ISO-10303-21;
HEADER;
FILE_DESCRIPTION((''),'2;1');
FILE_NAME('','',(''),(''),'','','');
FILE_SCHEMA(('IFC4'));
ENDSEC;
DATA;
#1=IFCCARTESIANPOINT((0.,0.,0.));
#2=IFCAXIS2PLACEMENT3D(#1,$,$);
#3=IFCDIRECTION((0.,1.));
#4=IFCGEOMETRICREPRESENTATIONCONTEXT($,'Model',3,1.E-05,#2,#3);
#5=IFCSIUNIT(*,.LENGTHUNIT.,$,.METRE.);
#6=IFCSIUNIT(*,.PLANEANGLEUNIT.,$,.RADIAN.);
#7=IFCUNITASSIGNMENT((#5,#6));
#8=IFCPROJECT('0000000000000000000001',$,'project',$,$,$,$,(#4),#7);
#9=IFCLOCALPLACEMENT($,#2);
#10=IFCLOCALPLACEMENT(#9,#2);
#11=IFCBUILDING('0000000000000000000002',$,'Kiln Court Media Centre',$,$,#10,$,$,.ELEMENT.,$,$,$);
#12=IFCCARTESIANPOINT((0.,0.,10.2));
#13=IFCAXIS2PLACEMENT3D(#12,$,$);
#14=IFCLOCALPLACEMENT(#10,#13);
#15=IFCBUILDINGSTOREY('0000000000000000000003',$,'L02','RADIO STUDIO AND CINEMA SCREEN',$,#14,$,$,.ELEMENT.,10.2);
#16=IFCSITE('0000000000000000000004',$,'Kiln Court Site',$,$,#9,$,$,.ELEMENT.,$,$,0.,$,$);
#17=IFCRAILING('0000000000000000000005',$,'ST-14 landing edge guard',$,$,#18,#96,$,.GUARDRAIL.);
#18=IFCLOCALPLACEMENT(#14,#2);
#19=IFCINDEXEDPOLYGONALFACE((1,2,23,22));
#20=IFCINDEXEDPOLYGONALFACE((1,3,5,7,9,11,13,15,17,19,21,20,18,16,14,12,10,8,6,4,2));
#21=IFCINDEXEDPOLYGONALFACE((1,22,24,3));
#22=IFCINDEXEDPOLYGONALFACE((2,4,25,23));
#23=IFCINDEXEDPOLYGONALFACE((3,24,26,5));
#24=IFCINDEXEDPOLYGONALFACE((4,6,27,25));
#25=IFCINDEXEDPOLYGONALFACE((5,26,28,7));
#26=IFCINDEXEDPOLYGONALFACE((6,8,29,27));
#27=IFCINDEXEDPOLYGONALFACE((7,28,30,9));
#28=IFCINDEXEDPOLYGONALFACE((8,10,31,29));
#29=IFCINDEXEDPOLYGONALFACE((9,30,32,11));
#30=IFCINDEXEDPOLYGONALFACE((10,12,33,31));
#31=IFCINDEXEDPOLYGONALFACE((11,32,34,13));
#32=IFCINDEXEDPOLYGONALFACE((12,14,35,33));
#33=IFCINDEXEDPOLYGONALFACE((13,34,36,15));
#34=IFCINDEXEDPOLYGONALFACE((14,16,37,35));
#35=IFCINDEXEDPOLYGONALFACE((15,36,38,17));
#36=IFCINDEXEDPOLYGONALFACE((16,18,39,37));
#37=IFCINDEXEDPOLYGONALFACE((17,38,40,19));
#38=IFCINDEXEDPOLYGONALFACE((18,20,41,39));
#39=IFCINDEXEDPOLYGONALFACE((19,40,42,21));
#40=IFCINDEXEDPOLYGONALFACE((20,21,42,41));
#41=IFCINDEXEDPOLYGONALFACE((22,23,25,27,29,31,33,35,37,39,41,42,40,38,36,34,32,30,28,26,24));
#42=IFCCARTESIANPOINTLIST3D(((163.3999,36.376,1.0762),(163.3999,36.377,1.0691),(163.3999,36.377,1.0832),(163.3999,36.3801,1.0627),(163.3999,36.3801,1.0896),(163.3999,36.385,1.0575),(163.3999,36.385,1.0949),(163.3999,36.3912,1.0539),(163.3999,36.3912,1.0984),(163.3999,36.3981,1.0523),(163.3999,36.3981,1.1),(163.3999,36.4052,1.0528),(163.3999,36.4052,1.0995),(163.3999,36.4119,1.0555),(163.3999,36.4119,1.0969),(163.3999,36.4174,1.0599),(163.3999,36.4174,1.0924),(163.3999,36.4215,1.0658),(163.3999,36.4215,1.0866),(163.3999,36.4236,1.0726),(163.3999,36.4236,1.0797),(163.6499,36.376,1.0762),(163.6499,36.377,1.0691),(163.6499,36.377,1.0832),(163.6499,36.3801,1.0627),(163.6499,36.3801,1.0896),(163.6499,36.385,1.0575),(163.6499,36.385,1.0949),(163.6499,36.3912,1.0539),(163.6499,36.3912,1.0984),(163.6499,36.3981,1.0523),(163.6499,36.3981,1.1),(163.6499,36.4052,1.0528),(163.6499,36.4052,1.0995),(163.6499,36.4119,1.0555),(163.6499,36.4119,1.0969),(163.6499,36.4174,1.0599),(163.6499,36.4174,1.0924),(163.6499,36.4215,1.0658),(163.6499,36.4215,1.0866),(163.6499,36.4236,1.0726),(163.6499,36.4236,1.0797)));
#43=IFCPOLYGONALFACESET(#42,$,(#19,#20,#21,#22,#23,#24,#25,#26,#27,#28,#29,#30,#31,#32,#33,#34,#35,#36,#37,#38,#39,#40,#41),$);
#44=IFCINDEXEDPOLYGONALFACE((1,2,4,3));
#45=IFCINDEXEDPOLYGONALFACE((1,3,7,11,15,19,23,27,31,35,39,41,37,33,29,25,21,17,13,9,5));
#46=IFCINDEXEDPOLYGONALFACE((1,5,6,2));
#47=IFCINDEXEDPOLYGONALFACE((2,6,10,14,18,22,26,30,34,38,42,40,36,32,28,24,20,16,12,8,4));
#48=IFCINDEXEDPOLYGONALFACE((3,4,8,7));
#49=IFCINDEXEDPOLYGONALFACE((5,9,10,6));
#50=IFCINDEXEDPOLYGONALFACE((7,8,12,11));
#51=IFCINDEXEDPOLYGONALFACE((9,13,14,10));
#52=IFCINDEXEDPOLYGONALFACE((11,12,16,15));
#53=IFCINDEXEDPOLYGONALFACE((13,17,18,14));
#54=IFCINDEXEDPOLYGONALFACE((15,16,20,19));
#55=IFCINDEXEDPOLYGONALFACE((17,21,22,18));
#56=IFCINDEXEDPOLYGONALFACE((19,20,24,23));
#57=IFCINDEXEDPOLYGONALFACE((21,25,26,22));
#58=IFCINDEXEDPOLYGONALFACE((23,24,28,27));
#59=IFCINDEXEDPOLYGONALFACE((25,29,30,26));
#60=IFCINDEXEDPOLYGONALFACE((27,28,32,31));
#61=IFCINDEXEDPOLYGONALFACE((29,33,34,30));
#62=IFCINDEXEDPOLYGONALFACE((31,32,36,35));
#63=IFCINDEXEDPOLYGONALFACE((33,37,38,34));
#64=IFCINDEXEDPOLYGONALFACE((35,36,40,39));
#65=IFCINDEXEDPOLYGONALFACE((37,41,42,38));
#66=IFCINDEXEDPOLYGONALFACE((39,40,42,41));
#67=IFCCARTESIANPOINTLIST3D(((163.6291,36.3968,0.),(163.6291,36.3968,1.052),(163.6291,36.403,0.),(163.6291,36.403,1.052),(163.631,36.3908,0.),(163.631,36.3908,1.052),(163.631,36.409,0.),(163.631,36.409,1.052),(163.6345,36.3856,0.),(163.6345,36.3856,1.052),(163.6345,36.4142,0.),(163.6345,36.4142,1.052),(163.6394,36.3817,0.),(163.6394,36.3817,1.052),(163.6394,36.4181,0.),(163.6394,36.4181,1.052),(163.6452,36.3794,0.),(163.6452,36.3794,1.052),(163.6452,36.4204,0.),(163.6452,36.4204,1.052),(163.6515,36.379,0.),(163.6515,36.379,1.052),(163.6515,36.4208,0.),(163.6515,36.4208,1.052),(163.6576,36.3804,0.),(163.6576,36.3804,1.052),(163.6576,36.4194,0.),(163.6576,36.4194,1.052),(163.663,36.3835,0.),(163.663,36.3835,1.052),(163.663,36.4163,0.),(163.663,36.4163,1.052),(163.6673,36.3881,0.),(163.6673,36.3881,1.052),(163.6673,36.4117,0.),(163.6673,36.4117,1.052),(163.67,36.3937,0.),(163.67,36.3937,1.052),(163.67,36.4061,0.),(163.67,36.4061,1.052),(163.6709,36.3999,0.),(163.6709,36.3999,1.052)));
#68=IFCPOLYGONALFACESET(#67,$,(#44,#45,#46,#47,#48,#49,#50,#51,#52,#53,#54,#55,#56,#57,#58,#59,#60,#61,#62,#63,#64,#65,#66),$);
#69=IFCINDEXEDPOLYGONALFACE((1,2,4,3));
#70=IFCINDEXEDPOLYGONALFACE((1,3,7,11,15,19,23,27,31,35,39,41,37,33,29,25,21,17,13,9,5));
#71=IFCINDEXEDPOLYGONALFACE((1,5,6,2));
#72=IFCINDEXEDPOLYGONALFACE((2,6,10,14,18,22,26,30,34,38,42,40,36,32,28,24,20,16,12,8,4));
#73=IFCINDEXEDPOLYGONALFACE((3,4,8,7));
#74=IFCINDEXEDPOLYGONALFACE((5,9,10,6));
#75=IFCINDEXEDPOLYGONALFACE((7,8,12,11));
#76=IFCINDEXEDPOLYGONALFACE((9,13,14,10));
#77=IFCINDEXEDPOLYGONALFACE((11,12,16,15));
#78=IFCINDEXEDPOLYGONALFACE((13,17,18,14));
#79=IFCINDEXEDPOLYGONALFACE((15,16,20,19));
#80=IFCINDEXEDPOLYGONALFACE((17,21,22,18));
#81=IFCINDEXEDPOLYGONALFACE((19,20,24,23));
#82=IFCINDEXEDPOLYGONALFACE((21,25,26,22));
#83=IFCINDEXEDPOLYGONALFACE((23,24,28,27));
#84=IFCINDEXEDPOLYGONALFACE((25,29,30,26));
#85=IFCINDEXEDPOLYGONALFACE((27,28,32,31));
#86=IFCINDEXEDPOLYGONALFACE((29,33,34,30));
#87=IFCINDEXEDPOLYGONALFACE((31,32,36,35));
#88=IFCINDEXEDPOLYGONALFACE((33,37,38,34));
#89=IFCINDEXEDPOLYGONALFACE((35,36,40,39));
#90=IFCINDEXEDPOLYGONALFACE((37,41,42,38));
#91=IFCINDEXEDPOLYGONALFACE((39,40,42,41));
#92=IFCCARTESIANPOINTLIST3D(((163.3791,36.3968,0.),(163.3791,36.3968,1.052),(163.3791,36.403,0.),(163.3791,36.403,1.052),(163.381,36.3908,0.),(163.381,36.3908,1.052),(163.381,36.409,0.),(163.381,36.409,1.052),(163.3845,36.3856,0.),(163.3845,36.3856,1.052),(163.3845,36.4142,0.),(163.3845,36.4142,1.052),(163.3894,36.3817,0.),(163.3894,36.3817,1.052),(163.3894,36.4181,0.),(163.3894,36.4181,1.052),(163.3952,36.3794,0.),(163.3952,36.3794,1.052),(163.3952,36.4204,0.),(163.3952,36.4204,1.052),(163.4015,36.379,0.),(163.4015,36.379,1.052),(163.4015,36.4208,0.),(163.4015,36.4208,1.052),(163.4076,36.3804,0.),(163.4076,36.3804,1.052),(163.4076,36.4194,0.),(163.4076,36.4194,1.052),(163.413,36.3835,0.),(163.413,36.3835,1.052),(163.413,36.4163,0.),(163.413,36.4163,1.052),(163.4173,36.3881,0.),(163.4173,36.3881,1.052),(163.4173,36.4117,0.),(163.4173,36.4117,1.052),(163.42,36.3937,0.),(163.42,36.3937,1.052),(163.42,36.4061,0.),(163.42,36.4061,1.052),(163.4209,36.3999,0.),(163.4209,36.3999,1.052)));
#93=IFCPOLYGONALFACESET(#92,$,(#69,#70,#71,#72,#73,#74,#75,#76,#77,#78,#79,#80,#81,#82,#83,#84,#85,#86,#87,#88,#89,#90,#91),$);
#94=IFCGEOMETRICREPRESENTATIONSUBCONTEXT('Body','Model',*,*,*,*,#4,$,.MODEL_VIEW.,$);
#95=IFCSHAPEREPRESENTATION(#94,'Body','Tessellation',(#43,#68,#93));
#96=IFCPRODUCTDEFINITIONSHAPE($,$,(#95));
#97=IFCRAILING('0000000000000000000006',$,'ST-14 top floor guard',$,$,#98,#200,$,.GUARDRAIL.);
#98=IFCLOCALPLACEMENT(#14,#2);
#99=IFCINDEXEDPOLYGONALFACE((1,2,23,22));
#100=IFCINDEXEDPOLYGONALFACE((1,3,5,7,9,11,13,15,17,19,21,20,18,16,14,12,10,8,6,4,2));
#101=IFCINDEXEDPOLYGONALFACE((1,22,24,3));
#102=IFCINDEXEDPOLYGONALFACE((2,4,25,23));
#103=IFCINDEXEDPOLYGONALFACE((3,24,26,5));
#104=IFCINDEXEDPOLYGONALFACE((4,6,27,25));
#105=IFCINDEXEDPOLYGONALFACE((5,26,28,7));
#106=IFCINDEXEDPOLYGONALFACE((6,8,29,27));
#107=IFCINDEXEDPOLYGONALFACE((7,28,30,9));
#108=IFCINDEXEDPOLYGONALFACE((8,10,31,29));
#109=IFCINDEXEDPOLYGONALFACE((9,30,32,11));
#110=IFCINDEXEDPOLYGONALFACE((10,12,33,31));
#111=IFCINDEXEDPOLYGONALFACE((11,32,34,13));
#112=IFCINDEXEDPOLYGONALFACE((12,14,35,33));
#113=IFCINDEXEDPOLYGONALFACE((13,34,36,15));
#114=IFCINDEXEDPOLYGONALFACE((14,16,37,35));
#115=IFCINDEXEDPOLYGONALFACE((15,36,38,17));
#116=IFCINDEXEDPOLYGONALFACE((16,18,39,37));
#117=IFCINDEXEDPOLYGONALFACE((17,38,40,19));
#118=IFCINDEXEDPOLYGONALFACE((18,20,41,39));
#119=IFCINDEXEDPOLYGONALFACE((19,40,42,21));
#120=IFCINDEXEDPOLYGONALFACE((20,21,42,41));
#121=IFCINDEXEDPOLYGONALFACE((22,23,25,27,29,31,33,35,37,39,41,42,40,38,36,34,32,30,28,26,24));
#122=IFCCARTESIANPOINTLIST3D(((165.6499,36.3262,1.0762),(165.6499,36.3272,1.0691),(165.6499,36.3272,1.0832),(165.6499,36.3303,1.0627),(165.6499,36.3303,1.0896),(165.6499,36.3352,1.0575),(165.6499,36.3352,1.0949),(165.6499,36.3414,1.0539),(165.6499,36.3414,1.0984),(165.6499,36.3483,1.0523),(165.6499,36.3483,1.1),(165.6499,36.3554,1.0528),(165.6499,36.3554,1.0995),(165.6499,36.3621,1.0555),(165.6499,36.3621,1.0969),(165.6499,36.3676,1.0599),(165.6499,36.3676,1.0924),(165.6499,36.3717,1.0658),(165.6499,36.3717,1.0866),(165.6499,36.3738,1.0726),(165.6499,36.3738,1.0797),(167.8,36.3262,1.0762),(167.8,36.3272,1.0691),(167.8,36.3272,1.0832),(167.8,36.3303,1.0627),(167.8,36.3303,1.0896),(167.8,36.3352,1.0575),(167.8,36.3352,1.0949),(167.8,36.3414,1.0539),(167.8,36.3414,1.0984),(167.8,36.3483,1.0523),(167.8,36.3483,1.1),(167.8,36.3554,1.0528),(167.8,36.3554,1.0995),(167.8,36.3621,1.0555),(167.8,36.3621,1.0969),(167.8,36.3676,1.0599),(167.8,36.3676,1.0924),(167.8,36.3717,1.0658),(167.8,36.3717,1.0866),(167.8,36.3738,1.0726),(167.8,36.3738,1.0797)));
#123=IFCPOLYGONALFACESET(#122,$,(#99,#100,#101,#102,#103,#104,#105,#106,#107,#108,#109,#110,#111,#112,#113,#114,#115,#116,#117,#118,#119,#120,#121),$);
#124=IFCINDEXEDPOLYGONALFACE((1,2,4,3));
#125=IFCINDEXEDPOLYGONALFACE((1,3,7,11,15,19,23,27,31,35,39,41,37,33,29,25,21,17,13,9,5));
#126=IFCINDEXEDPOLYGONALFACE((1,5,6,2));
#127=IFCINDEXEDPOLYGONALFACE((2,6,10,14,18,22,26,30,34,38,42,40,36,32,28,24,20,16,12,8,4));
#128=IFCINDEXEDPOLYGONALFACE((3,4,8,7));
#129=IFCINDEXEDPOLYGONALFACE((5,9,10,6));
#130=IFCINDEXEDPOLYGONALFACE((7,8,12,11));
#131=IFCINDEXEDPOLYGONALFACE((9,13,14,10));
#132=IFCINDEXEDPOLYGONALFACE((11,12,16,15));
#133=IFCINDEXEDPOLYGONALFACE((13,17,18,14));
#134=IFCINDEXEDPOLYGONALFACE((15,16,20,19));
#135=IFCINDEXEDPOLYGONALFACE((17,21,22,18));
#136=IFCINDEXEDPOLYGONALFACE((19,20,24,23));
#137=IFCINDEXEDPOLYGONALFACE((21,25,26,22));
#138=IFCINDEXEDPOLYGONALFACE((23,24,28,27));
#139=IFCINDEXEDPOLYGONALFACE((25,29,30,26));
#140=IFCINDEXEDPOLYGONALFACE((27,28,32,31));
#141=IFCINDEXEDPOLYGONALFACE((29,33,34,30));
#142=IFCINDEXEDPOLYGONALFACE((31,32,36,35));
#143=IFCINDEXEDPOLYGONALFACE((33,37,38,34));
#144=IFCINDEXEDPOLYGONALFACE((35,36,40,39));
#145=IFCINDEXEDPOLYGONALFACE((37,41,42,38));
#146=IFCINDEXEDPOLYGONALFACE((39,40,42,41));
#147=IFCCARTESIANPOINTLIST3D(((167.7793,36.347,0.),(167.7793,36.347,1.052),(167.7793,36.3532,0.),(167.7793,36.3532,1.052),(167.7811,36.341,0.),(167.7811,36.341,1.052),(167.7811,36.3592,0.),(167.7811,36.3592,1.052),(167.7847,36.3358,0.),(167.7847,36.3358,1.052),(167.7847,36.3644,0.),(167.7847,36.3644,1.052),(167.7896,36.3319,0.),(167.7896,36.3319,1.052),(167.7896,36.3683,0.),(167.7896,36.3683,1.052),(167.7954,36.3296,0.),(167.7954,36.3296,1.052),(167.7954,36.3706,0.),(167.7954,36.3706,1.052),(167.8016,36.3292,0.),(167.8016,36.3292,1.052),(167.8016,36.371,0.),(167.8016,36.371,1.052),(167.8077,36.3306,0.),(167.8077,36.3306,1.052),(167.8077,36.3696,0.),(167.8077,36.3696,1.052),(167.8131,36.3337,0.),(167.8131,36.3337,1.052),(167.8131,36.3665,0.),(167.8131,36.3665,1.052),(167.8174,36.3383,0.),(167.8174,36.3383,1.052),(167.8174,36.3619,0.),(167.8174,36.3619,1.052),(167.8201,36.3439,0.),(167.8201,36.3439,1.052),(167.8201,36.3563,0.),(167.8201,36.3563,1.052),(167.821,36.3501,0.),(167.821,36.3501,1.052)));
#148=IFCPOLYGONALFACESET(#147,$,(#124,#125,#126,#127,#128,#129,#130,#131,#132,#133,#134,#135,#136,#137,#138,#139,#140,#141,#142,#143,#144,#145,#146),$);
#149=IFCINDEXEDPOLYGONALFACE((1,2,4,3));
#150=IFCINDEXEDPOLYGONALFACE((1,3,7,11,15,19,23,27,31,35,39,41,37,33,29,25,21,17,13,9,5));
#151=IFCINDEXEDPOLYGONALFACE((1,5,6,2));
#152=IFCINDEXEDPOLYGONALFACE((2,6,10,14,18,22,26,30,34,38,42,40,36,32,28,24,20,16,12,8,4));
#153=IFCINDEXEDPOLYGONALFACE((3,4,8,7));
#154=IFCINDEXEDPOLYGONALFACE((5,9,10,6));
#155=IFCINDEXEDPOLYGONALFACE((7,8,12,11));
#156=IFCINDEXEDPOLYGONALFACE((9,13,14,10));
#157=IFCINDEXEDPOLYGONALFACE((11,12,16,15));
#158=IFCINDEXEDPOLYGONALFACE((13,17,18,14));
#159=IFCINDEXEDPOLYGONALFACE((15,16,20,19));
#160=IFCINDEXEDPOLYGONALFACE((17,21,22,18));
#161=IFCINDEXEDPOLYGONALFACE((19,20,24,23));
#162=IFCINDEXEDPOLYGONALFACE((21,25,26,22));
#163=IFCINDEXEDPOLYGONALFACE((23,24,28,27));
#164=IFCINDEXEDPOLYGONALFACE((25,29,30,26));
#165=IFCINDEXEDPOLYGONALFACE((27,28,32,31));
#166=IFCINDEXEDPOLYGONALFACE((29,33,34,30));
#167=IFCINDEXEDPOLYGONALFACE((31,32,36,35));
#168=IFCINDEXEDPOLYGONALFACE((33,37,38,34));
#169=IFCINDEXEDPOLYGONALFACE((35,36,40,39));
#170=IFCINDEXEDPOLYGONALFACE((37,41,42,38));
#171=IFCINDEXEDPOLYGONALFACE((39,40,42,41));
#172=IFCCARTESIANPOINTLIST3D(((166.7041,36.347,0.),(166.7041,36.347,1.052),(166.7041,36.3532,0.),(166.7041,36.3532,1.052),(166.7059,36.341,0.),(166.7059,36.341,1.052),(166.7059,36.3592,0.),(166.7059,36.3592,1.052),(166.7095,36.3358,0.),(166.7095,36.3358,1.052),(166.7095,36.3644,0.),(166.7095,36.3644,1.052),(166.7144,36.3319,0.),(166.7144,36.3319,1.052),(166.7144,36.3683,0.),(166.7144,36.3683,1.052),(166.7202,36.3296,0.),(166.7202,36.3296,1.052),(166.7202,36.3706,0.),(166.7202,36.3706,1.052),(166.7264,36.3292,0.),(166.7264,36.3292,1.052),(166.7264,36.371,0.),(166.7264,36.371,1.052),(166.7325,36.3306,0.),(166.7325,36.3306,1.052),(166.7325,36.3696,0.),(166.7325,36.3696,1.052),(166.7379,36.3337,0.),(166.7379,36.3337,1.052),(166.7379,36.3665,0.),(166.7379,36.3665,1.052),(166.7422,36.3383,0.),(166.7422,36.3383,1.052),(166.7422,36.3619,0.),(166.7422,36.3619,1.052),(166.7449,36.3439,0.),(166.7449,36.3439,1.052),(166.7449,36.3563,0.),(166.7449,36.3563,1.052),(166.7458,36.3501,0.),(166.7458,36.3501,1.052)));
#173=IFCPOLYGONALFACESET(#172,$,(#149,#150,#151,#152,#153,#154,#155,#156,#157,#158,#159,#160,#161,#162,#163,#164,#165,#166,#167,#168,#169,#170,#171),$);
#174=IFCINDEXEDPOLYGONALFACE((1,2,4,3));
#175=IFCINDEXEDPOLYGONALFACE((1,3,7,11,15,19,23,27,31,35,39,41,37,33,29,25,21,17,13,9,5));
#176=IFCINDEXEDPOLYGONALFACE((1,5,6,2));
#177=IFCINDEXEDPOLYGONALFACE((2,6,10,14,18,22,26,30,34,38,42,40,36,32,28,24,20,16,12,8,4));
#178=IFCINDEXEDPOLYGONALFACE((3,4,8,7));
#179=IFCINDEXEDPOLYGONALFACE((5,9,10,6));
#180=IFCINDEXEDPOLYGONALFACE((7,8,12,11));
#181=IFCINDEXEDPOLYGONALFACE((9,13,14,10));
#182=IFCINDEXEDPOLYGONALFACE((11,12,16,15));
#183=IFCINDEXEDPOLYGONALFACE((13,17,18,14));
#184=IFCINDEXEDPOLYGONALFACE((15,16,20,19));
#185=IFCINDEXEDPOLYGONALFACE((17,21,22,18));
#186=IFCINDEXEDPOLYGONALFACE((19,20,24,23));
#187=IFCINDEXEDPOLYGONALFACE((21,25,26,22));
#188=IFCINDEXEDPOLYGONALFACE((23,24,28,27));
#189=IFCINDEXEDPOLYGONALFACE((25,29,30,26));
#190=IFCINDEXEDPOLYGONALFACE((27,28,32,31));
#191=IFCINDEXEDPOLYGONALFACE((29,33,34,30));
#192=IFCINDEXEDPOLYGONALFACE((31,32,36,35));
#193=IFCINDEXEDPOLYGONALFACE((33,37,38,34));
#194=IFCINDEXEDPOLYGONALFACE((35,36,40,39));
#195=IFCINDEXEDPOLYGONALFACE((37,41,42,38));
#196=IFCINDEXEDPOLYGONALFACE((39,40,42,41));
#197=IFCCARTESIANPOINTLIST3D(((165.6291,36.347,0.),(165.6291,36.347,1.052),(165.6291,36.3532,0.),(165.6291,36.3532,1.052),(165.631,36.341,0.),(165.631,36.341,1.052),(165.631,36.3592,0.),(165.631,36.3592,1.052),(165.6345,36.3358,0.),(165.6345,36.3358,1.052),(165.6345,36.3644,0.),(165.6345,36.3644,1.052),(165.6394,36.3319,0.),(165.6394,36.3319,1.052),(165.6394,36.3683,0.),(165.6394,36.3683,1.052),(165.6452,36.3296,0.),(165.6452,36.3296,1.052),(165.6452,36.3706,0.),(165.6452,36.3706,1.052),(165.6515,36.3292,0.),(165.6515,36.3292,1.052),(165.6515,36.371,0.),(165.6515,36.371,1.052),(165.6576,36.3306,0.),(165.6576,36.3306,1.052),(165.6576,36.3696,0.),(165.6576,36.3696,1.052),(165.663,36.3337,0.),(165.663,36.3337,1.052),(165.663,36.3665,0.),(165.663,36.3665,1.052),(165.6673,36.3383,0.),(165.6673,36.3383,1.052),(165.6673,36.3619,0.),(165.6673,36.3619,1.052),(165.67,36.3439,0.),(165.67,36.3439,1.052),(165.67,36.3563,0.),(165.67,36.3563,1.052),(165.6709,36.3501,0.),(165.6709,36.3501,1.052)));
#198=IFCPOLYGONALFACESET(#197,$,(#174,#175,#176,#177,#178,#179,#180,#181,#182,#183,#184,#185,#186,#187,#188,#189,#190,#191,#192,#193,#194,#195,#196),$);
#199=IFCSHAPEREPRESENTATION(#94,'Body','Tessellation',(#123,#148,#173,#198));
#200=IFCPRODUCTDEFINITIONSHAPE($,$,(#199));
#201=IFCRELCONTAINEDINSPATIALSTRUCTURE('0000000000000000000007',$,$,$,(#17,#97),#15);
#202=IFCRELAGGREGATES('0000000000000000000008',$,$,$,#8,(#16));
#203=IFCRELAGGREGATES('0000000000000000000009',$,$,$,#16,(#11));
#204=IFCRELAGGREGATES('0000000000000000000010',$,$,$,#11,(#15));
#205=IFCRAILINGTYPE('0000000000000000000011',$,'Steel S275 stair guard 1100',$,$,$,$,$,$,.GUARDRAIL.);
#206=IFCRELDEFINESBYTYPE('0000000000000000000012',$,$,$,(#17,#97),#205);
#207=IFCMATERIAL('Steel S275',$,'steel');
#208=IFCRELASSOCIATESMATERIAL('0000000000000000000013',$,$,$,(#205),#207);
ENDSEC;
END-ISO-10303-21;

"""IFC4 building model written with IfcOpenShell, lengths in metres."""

from ifc_helpers import new_model, si_unit, direction, frame, origin, origin_2d, place, context, subcontext, project, spatial, circle, extrude, material, type_object, element, save


model = new_model("IFC4")

# Units and contexts
model_context = context("Model", 3, precision=1e-05, world=origin(), true_north=direction((0.0, 1.0)))
body_context = subcontext(model_context, "Body", "Model", "MODEL_VIEW")
ifc_project = project(units=[si_unit("LENGTHUNIT", "METRE"), si_unit("PLANEANGLEUNIT", "RADIAN")], contexts=[model_context])

# Site, building, storey
site_placement = place(None, origin())
site = spatial("IfcSite", under=ifc_project, at=site_placement, Name="Kiln Court Site", CompositionType="ELEMENT", RefElevation=0.0)
building_placement = place(site_placement, origin())
building = spatial("IfcBuilding", under=site, at=building_placement, Name="Kiln Court Media Centre", CompositionType="ELEMENT")
storey_placement = place(building_placement, frame((0.0, 0.0, 10.2)))
storey = spatial("IfcBuildingStorey", under=building, at=storey_placement, Name="L02", Description="RADIO STUDIO AND CINEMA SCREEN", CompositionType="ELEMENT", Elevation=10.2)

# Railings
ifc_material_1 = material(Name="Steel S275", Category="steel")
railing_type = type_object("IfcRailingType", Name="Steel S275 stair guard 1100", PredefinedType="GUARDRAIL", material=ifc_material_1)
railing_1_placement = place(storey_placement, frame((163.6499, 36.3999, 0.0)))
element("IfcRailing", 1, at=railing_1_placement, inside=storey, type_object=railing_type, Name="ST-14 landing edge guard", PredefinedType="GUARDRAIL", context=body_context, shape_type="SweptSolid", body=[
    extrude(circle(Radius=0.0239, at=origin_2d()), frame((0.0, 0.0, 1.0762), z_axis=(-1.0, 0.0, 0.0), x_axis=(0.0, -1.0, 0.0)), (0.0, 0.0, 1.0), 0.25),
    extrude(circle(Radius=0.021, at=origin_2d()), origin(), (0.0, 0.0, 1.0), 1.052),
    extrude(circle(Radius=0.021, at=origin_2d()), frame((-0.25, 0.0, 0.0)), (0.0, 0.0, 1.0), 1.052),
])
railing_2_placement = place(storey_placement, frame((167.8, 36.3501, 0.0)))
element("IfcRailing", 2, at=railing_2_placement, inside=storey, type_object=railing_type, Name="ST-14 top floor guard", PredefinedType="GUARDRAIL", context=body_context, shape_type="SweptSolid", body=[
    extrude(circle(Radius=0.0239, at=origin_2d()), frame((0.0, 0.0, 1.0762), z_axis=(-1.0, 0.0, 0.0), x_axis=(0.0, -1.0, 0.0)), (0.0, 0.0, 1.0), 2.1501),
    extrude(circle(Radius=0.021, at=origin_2d()), origin(), (0.0, 0.0, 1.0), 1.052),
    extrude(circle(Radius=0.021, at=origin_2d()), frame((-1.0752, 0.0, 0.0)), (0.0, 0.0, 1.0), 1.052),
    extrude(circle(Radius=0.021, at=origin_2d()), frame((-2.1501, 0.0, 0.0)), (0.0, 0.0, 1.0), 1.052),
])

save(model, "model.ifc")
